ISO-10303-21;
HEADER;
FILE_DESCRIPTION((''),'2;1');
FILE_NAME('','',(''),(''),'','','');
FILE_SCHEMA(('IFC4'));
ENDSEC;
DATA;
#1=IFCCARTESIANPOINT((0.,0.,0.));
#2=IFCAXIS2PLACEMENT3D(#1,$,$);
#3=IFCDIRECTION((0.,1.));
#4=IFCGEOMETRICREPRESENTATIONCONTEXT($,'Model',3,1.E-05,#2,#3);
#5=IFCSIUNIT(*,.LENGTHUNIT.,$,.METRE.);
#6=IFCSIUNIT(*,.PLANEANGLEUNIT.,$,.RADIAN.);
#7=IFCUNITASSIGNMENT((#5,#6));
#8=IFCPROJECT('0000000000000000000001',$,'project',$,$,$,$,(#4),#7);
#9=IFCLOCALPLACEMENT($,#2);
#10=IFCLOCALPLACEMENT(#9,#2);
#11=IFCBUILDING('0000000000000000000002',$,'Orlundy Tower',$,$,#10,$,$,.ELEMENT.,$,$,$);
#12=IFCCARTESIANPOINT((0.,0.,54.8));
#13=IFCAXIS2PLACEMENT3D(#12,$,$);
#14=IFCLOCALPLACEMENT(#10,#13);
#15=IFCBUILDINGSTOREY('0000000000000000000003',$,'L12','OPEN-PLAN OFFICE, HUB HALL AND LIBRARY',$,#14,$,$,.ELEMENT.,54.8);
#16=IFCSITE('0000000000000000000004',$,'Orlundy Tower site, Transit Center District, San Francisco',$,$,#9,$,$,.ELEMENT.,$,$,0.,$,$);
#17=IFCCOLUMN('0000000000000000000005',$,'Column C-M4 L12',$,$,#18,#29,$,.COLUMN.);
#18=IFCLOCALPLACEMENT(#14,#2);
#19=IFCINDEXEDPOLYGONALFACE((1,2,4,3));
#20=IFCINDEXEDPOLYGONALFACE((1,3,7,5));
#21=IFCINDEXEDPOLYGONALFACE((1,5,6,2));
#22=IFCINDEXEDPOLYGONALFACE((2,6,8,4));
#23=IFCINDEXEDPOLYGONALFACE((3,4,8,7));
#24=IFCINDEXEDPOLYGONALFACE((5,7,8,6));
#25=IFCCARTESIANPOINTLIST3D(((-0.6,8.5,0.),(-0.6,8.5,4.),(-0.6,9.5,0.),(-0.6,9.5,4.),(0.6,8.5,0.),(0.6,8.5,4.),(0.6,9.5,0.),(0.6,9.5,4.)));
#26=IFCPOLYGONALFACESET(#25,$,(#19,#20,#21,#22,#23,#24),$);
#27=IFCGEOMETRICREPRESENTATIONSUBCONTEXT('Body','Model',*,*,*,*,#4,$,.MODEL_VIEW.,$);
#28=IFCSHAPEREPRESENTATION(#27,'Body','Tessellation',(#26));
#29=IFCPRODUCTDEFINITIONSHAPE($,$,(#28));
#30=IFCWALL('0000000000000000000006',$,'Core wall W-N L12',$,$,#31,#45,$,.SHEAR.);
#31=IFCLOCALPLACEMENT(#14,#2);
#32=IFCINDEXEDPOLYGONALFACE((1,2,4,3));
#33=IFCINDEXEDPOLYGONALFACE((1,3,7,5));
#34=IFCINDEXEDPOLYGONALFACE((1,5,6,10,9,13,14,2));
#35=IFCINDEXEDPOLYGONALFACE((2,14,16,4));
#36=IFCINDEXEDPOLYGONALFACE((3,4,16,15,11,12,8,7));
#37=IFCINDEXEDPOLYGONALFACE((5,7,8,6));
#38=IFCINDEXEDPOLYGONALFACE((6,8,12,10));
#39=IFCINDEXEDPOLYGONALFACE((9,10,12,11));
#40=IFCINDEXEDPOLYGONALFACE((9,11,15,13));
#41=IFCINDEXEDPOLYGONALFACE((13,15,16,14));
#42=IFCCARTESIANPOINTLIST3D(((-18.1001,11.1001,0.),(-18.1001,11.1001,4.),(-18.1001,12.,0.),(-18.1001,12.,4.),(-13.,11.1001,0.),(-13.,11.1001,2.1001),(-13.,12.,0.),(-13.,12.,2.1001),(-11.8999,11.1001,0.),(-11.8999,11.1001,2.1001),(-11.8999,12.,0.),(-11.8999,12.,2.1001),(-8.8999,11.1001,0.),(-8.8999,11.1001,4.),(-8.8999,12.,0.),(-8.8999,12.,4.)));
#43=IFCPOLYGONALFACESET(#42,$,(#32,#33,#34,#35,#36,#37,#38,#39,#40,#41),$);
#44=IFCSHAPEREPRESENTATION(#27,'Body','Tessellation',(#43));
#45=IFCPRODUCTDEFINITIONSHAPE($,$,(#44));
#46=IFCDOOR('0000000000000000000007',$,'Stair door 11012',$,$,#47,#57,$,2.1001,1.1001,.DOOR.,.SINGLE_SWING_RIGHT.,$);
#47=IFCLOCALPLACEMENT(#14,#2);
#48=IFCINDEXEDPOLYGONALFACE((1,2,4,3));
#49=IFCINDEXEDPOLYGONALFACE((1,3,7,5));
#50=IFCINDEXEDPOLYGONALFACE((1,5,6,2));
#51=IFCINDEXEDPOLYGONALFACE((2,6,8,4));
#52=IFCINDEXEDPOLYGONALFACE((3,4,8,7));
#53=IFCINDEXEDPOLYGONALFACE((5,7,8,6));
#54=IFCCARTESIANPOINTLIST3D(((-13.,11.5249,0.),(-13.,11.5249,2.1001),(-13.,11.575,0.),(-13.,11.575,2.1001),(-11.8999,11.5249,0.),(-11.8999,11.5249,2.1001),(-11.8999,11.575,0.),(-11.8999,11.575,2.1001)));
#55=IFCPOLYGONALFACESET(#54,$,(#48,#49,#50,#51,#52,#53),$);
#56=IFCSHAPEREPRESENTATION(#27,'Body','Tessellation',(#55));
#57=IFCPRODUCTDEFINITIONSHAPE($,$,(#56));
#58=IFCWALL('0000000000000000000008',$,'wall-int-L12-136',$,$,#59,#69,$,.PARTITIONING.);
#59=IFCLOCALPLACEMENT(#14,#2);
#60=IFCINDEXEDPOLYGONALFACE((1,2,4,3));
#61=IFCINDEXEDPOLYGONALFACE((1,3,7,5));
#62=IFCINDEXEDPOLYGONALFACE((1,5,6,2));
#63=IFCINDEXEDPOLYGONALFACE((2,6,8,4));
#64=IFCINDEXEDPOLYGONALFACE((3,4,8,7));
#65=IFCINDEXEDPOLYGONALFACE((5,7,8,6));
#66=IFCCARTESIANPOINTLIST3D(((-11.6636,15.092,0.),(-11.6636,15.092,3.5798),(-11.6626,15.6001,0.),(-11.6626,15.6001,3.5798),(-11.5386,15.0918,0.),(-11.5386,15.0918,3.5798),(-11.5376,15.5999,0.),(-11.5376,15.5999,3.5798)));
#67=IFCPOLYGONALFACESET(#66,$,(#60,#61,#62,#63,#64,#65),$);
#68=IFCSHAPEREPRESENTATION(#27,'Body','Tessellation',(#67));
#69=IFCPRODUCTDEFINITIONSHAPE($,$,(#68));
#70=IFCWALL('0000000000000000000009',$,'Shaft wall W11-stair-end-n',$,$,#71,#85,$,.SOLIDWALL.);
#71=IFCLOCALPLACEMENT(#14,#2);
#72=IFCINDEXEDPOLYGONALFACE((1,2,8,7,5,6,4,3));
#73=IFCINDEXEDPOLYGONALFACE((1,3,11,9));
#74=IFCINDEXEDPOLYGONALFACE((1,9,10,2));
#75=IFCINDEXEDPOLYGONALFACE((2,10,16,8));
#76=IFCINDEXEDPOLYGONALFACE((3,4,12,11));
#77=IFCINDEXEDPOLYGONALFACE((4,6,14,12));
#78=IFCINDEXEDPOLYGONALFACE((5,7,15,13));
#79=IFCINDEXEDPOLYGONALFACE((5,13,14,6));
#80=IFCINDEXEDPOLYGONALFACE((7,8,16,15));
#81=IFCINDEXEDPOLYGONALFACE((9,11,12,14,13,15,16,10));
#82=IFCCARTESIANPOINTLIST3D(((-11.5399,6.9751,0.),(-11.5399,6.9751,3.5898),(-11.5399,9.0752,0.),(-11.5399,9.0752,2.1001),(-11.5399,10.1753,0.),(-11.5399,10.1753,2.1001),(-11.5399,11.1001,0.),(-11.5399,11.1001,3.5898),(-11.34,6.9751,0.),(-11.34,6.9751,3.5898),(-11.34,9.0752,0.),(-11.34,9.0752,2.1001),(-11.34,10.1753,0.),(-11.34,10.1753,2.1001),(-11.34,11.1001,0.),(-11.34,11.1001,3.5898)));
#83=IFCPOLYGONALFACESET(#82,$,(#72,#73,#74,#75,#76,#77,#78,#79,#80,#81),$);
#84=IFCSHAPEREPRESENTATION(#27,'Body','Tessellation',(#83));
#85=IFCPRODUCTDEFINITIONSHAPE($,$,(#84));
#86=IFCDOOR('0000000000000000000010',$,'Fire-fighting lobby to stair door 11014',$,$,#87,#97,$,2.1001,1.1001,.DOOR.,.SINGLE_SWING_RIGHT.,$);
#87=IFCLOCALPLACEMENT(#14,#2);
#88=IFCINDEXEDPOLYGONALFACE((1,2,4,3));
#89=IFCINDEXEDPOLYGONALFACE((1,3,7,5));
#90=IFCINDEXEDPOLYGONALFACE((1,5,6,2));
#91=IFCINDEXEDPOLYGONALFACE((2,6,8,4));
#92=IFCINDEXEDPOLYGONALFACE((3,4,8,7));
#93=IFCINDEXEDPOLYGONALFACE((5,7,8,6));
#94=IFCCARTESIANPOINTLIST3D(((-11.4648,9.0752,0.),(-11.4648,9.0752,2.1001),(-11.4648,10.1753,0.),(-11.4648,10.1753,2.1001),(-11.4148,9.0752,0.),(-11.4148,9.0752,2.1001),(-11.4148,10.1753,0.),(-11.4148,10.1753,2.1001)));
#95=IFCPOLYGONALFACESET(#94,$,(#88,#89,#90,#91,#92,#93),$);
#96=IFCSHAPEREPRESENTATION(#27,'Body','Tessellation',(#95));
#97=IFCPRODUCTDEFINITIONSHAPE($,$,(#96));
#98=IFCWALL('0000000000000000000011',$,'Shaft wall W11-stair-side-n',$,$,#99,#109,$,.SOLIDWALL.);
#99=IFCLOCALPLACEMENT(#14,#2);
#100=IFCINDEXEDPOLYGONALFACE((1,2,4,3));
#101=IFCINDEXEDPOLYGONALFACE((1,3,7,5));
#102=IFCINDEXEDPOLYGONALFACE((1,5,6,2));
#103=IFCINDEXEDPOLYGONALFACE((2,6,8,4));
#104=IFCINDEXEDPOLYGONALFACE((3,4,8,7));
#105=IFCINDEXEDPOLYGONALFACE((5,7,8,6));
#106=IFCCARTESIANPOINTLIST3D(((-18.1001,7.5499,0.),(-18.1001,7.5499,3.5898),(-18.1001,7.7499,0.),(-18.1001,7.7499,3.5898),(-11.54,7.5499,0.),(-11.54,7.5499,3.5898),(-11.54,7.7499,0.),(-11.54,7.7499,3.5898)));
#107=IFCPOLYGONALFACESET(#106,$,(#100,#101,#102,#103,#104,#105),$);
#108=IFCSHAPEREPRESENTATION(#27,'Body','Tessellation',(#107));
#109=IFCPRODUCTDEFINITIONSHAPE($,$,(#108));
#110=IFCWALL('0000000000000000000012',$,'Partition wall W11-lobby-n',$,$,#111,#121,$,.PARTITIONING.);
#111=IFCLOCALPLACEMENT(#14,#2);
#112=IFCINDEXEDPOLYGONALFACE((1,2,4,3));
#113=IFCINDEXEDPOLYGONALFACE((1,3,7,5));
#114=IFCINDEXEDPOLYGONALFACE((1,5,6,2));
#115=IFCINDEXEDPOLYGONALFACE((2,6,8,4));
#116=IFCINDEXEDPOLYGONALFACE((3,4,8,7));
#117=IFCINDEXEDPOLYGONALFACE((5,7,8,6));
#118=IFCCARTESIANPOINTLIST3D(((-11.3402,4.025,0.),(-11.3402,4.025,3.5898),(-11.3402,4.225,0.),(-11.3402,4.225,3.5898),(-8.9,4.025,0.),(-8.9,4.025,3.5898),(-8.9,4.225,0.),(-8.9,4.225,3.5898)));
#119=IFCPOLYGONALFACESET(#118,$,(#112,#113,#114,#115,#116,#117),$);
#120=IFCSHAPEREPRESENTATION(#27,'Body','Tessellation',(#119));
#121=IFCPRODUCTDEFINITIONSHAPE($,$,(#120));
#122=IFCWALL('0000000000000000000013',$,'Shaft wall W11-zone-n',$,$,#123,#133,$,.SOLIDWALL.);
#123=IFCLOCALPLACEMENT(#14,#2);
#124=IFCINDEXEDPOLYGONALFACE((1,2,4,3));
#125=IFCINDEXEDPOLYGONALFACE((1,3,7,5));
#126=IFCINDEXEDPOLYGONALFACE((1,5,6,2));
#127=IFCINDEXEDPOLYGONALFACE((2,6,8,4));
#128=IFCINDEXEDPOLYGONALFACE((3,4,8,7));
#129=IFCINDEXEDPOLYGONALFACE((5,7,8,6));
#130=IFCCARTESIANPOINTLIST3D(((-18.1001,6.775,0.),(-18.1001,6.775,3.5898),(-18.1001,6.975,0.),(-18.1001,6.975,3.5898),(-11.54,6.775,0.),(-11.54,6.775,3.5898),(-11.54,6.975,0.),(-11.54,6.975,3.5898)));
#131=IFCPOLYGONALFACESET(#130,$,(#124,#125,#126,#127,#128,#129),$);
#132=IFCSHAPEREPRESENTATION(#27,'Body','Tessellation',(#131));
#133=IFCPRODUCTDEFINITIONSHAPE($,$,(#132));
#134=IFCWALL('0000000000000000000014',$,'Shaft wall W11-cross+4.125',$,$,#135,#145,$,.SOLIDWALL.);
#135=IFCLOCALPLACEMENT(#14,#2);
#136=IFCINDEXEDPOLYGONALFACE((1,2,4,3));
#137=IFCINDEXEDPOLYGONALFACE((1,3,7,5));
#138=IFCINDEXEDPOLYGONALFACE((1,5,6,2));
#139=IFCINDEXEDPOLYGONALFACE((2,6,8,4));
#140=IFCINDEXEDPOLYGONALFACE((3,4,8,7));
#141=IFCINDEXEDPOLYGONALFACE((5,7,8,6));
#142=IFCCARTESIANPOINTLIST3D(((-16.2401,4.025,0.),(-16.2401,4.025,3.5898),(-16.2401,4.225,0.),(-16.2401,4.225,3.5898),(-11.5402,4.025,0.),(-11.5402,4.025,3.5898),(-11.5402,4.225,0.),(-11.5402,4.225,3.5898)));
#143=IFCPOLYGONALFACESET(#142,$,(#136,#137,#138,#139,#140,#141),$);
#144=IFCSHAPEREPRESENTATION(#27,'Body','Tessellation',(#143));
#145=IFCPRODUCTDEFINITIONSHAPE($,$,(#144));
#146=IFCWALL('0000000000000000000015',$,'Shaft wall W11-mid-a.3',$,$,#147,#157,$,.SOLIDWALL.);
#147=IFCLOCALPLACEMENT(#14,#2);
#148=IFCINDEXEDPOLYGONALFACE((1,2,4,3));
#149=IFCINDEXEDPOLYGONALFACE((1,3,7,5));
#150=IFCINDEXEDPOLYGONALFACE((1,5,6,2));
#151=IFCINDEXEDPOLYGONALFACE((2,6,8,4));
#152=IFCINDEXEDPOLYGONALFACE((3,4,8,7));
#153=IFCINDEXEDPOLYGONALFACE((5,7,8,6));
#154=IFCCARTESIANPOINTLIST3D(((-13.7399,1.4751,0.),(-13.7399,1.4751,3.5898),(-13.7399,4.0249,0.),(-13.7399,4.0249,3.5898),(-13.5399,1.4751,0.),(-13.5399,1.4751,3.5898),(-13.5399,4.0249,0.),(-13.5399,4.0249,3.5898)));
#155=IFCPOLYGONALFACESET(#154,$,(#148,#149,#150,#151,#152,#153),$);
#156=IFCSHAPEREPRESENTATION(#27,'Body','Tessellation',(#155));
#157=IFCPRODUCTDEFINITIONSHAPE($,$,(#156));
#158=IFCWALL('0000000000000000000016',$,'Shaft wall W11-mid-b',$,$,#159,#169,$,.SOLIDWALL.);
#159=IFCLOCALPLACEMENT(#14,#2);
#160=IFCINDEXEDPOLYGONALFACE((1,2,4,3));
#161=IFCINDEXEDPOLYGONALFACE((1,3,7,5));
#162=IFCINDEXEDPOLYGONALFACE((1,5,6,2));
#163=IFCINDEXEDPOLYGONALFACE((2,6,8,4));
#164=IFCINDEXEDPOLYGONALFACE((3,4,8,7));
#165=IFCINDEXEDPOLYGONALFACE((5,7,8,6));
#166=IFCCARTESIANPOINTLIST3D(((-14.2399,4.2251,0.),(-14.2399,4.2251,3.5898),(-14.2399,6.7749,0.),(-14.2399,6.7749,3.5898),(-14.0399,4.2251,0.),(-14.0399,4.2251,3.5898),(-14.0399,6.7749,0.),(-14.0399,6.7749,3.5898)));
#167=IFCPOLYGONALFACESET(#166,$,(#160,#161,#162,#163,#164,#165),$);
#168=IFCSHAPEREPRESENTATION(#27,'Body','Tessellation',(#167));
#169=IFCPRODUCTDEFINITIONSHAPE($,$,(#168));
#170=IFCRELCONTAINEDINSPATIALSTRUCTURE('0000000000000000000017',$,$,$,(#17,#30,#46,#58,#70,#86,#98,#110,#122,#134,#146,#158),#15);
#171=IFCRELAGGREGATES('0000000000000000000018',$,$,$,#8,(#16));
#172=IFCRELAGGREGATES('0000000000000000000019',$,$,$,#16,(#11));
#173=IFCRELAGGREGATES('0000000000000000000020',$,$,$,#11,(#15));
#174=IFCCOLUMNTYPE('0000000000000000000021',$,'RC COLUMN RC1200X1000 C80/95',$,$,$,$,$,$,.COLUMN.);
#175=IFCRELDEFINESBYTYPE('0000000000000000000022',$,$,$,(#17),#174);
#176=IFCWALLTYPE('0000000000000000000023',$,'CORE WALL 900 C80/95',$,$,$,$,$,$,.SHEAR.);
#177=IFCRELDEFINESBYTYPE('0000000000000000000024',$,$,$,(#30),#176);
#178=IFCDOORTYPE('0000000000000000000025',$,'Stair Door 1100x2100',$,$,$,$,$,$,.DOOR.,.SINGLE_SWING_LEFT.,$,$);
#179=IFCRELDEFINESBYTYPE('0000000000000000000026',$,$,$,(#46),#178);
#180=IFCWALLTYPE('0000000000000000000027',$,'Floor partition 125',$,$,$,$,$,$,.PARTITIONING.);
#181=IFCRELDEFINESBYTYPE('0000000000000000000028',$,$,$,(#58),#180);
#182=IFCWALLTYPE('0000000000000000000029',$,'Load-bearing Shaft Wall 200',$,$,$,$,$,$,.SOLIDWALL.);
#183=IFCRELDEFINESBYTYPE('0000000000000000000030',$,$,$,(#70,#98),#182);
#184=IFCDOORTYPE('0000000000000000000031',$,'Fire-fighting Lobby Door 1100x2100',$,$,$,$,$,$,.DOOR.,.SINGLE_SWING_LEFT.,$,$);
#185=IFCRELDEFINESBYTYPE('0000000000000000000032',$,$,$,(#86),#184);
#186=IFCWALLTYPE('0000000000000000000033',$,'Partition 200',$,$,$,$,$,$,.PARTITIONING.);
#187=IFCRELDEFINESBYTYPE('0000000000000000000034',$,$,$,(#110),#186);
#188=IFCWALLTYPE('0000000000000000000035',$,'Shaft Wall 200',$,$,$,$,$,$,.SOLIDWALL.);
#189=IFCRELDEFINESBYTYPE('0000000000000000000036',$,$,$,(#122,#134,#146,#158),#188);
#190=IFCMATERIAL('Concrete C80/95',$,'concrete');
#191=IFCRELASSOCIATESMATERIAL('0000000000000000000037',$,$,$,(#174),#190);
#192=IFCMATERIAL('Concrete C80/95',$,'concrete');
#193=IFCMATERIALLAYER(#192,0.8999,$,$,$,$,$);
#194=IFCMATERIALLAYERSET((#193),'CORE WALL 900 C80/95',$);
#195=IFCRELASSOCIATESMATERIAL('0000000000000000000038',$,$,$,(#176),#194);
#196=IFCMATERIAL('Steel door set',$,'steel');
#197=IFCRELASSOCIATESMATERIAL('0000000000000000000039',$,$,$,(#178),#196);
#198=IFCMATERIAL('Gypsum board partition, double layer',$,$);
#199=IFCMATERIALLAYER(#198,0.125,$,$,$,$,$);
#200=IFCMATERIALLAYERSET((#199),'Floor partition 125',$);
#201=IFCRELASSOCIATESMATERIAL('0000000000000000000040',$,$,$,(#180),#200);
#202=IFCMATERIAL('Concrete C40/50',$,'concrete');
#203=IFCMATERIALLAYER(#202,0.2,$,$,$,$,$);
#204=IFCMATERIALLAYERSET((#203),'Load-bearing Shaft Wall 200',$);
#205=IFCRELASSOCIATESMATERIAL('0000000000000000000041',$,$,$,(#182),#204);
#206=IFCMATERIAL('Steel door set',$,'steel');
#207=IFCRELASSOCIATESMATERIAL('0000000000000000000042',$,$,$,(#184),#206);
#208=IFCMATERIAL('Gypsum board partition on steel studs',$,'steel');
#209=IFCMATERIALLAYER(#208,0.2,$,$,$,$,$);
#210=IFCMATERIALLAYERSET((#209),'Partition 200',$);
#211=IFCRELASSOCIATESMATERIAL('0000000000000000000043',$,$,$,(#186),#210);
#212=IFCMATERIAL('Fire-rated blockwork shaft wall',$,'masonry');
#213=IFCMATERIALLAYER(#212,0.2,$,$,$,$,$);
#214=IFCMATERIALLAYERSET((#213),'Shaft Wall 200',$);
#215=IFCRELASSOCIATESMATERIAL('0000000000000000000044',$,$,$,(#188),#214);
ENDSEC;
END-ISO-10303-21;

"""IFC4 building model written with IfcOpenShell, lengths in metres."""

from ifc_helpers import new_model, si_unit, direction, frame, frame_2d, origin, origin_2d, place, context, subcontext, project, spatial, rectangle, extrude, material, layer, layer_set, material_profile, profile_set, type_object, element, fill, save


model = new_model("IFC4")

# Units and contexts
model_context = context("Model", 3, precision=1e-05, world=origin(), true_north=direction((0.0, 1.0)))
body_context = subcontext(model_context, "Body", "Model", "MODEL_VIEW")
ifc_project = project(units=[si_unit("LENGTHUNIT", "METRE"), si_unit("PLANEANGLEUNIT", "RADIAN")], contexts=[model_context])

# Site, building, storey
site_placement = place(None, origin())
site = spatial("IfcSite", under=ifc_project, at=site_placement, Name="Orlundy Tower site, Transit Center District, San Francisco", CompositionType="ELEMENT", RefElevation=0.0)
building_placement = place(site_placement, origin())
building = spatial("IfcBuilding", under=site, at=building_placement, Name="Orlundy Tower", CompositionType="ELEMENT")
storey_placement = place(building_placement, frame((0.0, 0.0, 54.8)))
storey = spatial("IfcBuildingStorey", under=building, at=storey_placement, Name="L12", Description="OPEN-PLAN OFFICE, HUB HALL AND LIBRARY", CompositionType="ELEMENT", Elevation=54.8)

# Column
ifc_material_1 = material(Name="Concrete C80/95", Category="concrete")
ifc_material_profile = material_profile(ifc_material_1, rectangle(XDim=1.2, YDim=1.0, at=origin_2d()), Name="RC1200X1000")
ifc_profile_set = profile_set([ifc_material_profile], Name="Concrete C80/95")
column_type = type_object("IfcColumnType", Name="RC COLUMN RC1200X1000 C80/95", PredefinedType="COLUMN", material=ifc_profile_set)
column_placement = place(storey_placement, frame((0.0, 9.0, 0.0), z_axis=(0.0, 0.0, 1.0), x_axis=(1.0, 0.0, 0.0)))
element("IfcColumn", 1, at=column_placement, inside=storey, type_object=column_type, Name="Column C-M4 L12", PredefinedType="COLUMN", context=body_context, shape_type="SweptSolid", body=[
    extrude(rectangle(XDim=1.2, YDim=1.0, at=origin_2d()), origin(), (0.0, 0.0, 1.0), 4.0),
])

# Wall, opening, door
ifc_material_2 = material(Name="Concrete C80/95", Category="concrete")
ifc_layer_1 = layer(ifc_material_2, 0.8999)
ifc_layer_set_1 = layer_set([ifc_layer_1], Name="CORE WALL 900 C80/95")
wall_type_1 = type_object("IfcWallType", Name="CORE WALL 900 C80/95", PredefinedType="SHEAR", material=ifc_layer_set_1)
wall_1_placement = place(storey_placement, frame((-18.1001, 11.55, 0.0), z_axis=(0.0, 0.0, 1.0), x_axis=(1.0, 0.0, 0.0)))
wall_1 = element("IfcWall", 2, at=wall_1_placement, inside=storey, type_object=wall_type_1, Name="Core wall W-N L12", PredefinedType="SHEAR", context=body_context, shape_type="SweptSolid", body=[
    extrude(rectangle(XDim=9.2002, YDim=0.8999, at=frame_2d((4.6001, 0.0))), origin(), (0.0, 0.0, 1.0), 4.0),
])
opening_1_placement = place(wall_1_placement, frame((5.1001, 0.0, 0.0)))
opening_1 = element("IfcOpeningElement", 3, at=opening_1_placement, cuts=wall_1, PredefinedType="OPENING", context=body_context, shape_type="SweptSolid", body=[
    extrude(rectangle(XDim=1.1001, YDim=2.1001, at=frame_2d((0.55, 1.05))), frame((0.0, 0.46, 0.0), z_axis=(0.0, -1.0, 0.0), x_axis=(1.0, 0.0, 0.0)), (0.0, 0.0, 1.0), 0.9199),
])
ifc_material_3 = material(Name="Steel door set", Category="steel")
door_type_1 = type_object("IfcDoorType", Name="Stair Door 1100x2100", OperationType="SINGLE_SWING_LEFT", PredefinedType="DOOR", material=ifc_material_3)
door_1_placement = place(opening_1_placement, origin())
door_1 = element("IfcDoor", 4, at=door_1_placement, inside=storey, type_object=door_type_1, Name="Stair door 11012", OperationType="SINGLE_SWING_RIGHT", OverallHeight=2.1001, OverallWidth=1.1001, PredefinedType="DOOR", context=body_context, shape_type="SweptSolid", body=[
    extrude(rectangle(XDim=1.1001, YDim=2.1001, at=frame_2d((0.55, 1.05))), frame((0.0, 0.0249, 0.0), z_axis=(0.0, -1.0, 0.0), x_axis=(1.0, 0.0, 0.0)), (0.0, 0.0, 1.0), 0.05),
])
fill(opening_1, door_1)

# Wall
ifc_material_4 = material(Name="Gypsum board partition, double layer")
ifc_layer_2 = layer(ifc_material_4, 0.125)
ifc_layer_set_2 = layer_set([ifc_layer_2], Name="Floor partition 125")
wall_type_2 = type_object("IfcWallType", Name="Floor partition 125", PredefinedType="PARTITIONING", material=ifc_layer_set_2)
wall_2_placement = place(storey_placement, frame((-11.6011, 15.092, 0.0), z_axis=(0.0, 0.0, 1.0), x_axis=(0.001922, 0.999998, 0.0)))
element("IfcWall", 5, at=wall_2_placement, inside=storey, type_object=wall_type_2, Name="wall-int-L12-136", PredefinedType="PARTITIONING", context=body_context, shape_type="SweptSolid", body=[
    extrude(rectangle(XDim=0.5081, YDim=0.125, at=frame_2d((0.2539, 0.0))), origin(), (0.0, 0.0, 1.0), 3.5798),
])

# Wall, opening, door
ifc_material_5 = material(Name="Concrete C40/50", Category="concrete")
ifc_layer_3 = layer(ifc_material_5, 0.2)
ifc_layer_set_3 = layer_set([ifc_layer_3], Name="Load-bearing Shaft Wall 200")
wall_type_3 = type_object("IfcWallType", Name="Load-bearing Shaft Wall 200", PredefinedType="SOLIDWALL", material=ifc_layer_set_3)
wall_3_placement = place(storey_placement, frame((-11.4399, 6.9751, 0.0), z_axis=(0.0, 0.0, 1.0), x_axis=(0.0, 1.0, 0.0)))
wall_3 = element("IfcWall", 6, at=wall_3_placement, inside=storey, type_object=wall_type_3, Name="Shaft wall W11-stair-end-n", PredefinedType="SOLIDWALL", context=body_context, shape_type="SweptSolid", body=[
    extrude(rectangle(XDim=4.125, YDim=0.2, at=frame_2d((2.0625, 0.0))), origin(), (0.0, 0.0, 1.0), 3.5898),
])
opening_2_placement = place(wall_3_placement, frame((2.1001, 0.0, 0.0)))
opening_2 = element("IfcOpeningElement", 7, at=opening_2_placement, cuts=wall_3, PredefinedType="OPENING", context=body_context, shape_type="SweptSolid", body=[
    extrude(rectangle(XDim=1.1001, YDim=2.1001, at=frame_2d((0.55, 1.05))), frame((0.0, 0.1101, 0.0), z_axis=(0.0, -1.0, 0.0), x_axis=(1.0, 0.0, 0.0)), (0.0, 0.0, 1.0), 0.2202),
])
ifc_material_6 = material(Name="Steel door set", Category="steel")
door_type_2 = type_object("IfcDoorType", Name="Fire-fighting Lobby Door 1100x2100", OperationType="SINGLE_SWING_LEFT", PredefinedType="DOOR", material=ifc_material_6)
door_2_placement = place(opening_2_placement, origin())
door_2 = element("IfcDoor", 8, at=door_2_placement, inside=storey, type_object=door_type_2, Name="Fire-fighting lobby to stair door 11014", OperationType="SINGLE_SWING_RIGHT", OverallHeight=2.1001, OverallWidth=1.1001, PredefinedType="DOOR", context=body_context, shape_type="SweptSolid", body=[
    extrude(rectangle(XDim=1.1001, YDim=2.1001, at=frame_2d((0.55, 1.05))), frame((0.0, 0.0249, 0.0), z_axis=(0.0, -1.0, 0.0), x_axis=(1.0, 0.0, 0.0)), (0.0, 0.0, 1.0), 0.05),
])
fill(opening_2, door_2)

# Walls
wall_4_placement = place(storey_placement, frame((-11.54, 7.6499, 0.0), z_axis=(0.0, 0.0, 1.0), x_axis=(-1.0, 0.0, 0.0)))
element("IfcWall", 9, at=wall_4_placement, inside=storey, type_object=wall_type_3, Name="Shaft wall W11-stair-side-n", PredefinedType="SOLIDWALL", context=body_context, shape_type="SweptSolid", body=[
    extrude(rectangle(XDim=6.5601, YDim=0.2, at=frame_2d((3.28, 0.0))), origin(), (0.0, 0.0, 1.0), 3.5898),
])
ifc_material_7 = material(Name="Gypsum board partition on steel studs", Category="steel")
ifc_layer_4 = layer(ifc_material_7, 0.2)
ifc_layer_set_4 = layer_set([ifc_layer_4], Name="Partition 200")
wall_type_4 = type_object("IfcWallType", Name="Partition 200", PredefinedType="PARTITIONING", material=ifc_layer_set_4)
wall_5_placement = place(storey_placement, frame((-8.8999, 4.125, 0.0), z_axis=(0.0, 0.0, 1.0), x_axis=(-1.0, 0.0, 0.0)))
element("IfcWall", 10, at=wall_5_placement, inside=storey, type_object=wall_type_4, Name="Partition wall W11-lobby-n", PredefinedType="PARTITIONING", context=body_context, shape_type="SweptSolid", body=[
    extrude(rectangle(XDim=2.4402, YDim=0.2, at=frame_2d((1.2202, 0.0))), origin(), (0.0, 0.0, 1.0), 3.5898),
])
ifc_material_8 = material(Name="Fire-rated blockwork shaft wall", Category="masonry")
ifc_layer_5 = layer(ifc_material_8, 0.2)
ifc_layer_set_5 = layer_set([ifc_layer_5], Name="Shaft Wall 200")
wall_type_5 = type_object("IfcWallType", Name="Shaft Wall 200", PredefinedType="SOLIDWALL", material=ifc_layer_set_5)
wall_6_placement = place(storey_placement, frame((-11.54, 6.875, 0.0), z_axis=(0.0, 0.0, 1.0), x_axis=(-1.0, 0.0, 0.0)))
element("IfcWall", 11, at=wall_6_placement, inside=storey, type_object=wall_type_5, Name="Shaft wall W11-zone-n", PredefinedType="SOLIDWALL", context=body_context, shape_type="SweptSolid", body=[
    extrude(rectangle(XDim=6.5601, YDim=0.2, at=frame_2d((3.28, 0.0))), origin(), (0.0, 0.0, 1.0), 3.5898),
])
wall_7_placement = place(storey_placement, frame((-11.54, 4.125, 0.0), z_axis=(0.0, 0.0, 1.0), x_axis=(-1.0, 0.0, 0.0)))
element("IfcWall", 12, at=wall_7_placement, inside=storey, type_object=wall_type_5, Name="Shaft wall W11-cross+4.125", PredefinedType="SOLIDWALL", context=body_context, shape_type="SweptSolid", body=[
    extrude(rectangle(XDim=4.7, YDim=0.2, at=frame_2d((2.3501, 0.0))), origin(), (0.0, 0.0, 1.0), 3.5898),
])
for number, where, z_axis, x_axis, name in (
    (13, (-13.6399, 1.4751, 0.0), (0.0, 0.0, 1.0), (0.0, 1.0, 0.0), "Shaft wall W11-mid-a.3"),
    (14, (-14.1399, 4.2251, 0.0), (0.0, 0.0, 1.0), (0.0, 1.0, 0.0), "Shaft wall W11-mid-b"),
):
    element("IfcWall", number, at=place(storey_placement, frame(where, z_axis=z_axis, x_axis=x_axis)), inside=storey, type_object=wall_type_5, Name=name, PredefinedType="SOLIDWALL", context=body_context, shape_type="SweptSolid", body=[
        extrude(rectangle(XDim=2.5498, YDim=0.2, at=frame_2d((1.2749, 0.0))), origin(), (0.0, 0.0, 1.0), 3.5898),
    ])

save(model, "model.ifc")
